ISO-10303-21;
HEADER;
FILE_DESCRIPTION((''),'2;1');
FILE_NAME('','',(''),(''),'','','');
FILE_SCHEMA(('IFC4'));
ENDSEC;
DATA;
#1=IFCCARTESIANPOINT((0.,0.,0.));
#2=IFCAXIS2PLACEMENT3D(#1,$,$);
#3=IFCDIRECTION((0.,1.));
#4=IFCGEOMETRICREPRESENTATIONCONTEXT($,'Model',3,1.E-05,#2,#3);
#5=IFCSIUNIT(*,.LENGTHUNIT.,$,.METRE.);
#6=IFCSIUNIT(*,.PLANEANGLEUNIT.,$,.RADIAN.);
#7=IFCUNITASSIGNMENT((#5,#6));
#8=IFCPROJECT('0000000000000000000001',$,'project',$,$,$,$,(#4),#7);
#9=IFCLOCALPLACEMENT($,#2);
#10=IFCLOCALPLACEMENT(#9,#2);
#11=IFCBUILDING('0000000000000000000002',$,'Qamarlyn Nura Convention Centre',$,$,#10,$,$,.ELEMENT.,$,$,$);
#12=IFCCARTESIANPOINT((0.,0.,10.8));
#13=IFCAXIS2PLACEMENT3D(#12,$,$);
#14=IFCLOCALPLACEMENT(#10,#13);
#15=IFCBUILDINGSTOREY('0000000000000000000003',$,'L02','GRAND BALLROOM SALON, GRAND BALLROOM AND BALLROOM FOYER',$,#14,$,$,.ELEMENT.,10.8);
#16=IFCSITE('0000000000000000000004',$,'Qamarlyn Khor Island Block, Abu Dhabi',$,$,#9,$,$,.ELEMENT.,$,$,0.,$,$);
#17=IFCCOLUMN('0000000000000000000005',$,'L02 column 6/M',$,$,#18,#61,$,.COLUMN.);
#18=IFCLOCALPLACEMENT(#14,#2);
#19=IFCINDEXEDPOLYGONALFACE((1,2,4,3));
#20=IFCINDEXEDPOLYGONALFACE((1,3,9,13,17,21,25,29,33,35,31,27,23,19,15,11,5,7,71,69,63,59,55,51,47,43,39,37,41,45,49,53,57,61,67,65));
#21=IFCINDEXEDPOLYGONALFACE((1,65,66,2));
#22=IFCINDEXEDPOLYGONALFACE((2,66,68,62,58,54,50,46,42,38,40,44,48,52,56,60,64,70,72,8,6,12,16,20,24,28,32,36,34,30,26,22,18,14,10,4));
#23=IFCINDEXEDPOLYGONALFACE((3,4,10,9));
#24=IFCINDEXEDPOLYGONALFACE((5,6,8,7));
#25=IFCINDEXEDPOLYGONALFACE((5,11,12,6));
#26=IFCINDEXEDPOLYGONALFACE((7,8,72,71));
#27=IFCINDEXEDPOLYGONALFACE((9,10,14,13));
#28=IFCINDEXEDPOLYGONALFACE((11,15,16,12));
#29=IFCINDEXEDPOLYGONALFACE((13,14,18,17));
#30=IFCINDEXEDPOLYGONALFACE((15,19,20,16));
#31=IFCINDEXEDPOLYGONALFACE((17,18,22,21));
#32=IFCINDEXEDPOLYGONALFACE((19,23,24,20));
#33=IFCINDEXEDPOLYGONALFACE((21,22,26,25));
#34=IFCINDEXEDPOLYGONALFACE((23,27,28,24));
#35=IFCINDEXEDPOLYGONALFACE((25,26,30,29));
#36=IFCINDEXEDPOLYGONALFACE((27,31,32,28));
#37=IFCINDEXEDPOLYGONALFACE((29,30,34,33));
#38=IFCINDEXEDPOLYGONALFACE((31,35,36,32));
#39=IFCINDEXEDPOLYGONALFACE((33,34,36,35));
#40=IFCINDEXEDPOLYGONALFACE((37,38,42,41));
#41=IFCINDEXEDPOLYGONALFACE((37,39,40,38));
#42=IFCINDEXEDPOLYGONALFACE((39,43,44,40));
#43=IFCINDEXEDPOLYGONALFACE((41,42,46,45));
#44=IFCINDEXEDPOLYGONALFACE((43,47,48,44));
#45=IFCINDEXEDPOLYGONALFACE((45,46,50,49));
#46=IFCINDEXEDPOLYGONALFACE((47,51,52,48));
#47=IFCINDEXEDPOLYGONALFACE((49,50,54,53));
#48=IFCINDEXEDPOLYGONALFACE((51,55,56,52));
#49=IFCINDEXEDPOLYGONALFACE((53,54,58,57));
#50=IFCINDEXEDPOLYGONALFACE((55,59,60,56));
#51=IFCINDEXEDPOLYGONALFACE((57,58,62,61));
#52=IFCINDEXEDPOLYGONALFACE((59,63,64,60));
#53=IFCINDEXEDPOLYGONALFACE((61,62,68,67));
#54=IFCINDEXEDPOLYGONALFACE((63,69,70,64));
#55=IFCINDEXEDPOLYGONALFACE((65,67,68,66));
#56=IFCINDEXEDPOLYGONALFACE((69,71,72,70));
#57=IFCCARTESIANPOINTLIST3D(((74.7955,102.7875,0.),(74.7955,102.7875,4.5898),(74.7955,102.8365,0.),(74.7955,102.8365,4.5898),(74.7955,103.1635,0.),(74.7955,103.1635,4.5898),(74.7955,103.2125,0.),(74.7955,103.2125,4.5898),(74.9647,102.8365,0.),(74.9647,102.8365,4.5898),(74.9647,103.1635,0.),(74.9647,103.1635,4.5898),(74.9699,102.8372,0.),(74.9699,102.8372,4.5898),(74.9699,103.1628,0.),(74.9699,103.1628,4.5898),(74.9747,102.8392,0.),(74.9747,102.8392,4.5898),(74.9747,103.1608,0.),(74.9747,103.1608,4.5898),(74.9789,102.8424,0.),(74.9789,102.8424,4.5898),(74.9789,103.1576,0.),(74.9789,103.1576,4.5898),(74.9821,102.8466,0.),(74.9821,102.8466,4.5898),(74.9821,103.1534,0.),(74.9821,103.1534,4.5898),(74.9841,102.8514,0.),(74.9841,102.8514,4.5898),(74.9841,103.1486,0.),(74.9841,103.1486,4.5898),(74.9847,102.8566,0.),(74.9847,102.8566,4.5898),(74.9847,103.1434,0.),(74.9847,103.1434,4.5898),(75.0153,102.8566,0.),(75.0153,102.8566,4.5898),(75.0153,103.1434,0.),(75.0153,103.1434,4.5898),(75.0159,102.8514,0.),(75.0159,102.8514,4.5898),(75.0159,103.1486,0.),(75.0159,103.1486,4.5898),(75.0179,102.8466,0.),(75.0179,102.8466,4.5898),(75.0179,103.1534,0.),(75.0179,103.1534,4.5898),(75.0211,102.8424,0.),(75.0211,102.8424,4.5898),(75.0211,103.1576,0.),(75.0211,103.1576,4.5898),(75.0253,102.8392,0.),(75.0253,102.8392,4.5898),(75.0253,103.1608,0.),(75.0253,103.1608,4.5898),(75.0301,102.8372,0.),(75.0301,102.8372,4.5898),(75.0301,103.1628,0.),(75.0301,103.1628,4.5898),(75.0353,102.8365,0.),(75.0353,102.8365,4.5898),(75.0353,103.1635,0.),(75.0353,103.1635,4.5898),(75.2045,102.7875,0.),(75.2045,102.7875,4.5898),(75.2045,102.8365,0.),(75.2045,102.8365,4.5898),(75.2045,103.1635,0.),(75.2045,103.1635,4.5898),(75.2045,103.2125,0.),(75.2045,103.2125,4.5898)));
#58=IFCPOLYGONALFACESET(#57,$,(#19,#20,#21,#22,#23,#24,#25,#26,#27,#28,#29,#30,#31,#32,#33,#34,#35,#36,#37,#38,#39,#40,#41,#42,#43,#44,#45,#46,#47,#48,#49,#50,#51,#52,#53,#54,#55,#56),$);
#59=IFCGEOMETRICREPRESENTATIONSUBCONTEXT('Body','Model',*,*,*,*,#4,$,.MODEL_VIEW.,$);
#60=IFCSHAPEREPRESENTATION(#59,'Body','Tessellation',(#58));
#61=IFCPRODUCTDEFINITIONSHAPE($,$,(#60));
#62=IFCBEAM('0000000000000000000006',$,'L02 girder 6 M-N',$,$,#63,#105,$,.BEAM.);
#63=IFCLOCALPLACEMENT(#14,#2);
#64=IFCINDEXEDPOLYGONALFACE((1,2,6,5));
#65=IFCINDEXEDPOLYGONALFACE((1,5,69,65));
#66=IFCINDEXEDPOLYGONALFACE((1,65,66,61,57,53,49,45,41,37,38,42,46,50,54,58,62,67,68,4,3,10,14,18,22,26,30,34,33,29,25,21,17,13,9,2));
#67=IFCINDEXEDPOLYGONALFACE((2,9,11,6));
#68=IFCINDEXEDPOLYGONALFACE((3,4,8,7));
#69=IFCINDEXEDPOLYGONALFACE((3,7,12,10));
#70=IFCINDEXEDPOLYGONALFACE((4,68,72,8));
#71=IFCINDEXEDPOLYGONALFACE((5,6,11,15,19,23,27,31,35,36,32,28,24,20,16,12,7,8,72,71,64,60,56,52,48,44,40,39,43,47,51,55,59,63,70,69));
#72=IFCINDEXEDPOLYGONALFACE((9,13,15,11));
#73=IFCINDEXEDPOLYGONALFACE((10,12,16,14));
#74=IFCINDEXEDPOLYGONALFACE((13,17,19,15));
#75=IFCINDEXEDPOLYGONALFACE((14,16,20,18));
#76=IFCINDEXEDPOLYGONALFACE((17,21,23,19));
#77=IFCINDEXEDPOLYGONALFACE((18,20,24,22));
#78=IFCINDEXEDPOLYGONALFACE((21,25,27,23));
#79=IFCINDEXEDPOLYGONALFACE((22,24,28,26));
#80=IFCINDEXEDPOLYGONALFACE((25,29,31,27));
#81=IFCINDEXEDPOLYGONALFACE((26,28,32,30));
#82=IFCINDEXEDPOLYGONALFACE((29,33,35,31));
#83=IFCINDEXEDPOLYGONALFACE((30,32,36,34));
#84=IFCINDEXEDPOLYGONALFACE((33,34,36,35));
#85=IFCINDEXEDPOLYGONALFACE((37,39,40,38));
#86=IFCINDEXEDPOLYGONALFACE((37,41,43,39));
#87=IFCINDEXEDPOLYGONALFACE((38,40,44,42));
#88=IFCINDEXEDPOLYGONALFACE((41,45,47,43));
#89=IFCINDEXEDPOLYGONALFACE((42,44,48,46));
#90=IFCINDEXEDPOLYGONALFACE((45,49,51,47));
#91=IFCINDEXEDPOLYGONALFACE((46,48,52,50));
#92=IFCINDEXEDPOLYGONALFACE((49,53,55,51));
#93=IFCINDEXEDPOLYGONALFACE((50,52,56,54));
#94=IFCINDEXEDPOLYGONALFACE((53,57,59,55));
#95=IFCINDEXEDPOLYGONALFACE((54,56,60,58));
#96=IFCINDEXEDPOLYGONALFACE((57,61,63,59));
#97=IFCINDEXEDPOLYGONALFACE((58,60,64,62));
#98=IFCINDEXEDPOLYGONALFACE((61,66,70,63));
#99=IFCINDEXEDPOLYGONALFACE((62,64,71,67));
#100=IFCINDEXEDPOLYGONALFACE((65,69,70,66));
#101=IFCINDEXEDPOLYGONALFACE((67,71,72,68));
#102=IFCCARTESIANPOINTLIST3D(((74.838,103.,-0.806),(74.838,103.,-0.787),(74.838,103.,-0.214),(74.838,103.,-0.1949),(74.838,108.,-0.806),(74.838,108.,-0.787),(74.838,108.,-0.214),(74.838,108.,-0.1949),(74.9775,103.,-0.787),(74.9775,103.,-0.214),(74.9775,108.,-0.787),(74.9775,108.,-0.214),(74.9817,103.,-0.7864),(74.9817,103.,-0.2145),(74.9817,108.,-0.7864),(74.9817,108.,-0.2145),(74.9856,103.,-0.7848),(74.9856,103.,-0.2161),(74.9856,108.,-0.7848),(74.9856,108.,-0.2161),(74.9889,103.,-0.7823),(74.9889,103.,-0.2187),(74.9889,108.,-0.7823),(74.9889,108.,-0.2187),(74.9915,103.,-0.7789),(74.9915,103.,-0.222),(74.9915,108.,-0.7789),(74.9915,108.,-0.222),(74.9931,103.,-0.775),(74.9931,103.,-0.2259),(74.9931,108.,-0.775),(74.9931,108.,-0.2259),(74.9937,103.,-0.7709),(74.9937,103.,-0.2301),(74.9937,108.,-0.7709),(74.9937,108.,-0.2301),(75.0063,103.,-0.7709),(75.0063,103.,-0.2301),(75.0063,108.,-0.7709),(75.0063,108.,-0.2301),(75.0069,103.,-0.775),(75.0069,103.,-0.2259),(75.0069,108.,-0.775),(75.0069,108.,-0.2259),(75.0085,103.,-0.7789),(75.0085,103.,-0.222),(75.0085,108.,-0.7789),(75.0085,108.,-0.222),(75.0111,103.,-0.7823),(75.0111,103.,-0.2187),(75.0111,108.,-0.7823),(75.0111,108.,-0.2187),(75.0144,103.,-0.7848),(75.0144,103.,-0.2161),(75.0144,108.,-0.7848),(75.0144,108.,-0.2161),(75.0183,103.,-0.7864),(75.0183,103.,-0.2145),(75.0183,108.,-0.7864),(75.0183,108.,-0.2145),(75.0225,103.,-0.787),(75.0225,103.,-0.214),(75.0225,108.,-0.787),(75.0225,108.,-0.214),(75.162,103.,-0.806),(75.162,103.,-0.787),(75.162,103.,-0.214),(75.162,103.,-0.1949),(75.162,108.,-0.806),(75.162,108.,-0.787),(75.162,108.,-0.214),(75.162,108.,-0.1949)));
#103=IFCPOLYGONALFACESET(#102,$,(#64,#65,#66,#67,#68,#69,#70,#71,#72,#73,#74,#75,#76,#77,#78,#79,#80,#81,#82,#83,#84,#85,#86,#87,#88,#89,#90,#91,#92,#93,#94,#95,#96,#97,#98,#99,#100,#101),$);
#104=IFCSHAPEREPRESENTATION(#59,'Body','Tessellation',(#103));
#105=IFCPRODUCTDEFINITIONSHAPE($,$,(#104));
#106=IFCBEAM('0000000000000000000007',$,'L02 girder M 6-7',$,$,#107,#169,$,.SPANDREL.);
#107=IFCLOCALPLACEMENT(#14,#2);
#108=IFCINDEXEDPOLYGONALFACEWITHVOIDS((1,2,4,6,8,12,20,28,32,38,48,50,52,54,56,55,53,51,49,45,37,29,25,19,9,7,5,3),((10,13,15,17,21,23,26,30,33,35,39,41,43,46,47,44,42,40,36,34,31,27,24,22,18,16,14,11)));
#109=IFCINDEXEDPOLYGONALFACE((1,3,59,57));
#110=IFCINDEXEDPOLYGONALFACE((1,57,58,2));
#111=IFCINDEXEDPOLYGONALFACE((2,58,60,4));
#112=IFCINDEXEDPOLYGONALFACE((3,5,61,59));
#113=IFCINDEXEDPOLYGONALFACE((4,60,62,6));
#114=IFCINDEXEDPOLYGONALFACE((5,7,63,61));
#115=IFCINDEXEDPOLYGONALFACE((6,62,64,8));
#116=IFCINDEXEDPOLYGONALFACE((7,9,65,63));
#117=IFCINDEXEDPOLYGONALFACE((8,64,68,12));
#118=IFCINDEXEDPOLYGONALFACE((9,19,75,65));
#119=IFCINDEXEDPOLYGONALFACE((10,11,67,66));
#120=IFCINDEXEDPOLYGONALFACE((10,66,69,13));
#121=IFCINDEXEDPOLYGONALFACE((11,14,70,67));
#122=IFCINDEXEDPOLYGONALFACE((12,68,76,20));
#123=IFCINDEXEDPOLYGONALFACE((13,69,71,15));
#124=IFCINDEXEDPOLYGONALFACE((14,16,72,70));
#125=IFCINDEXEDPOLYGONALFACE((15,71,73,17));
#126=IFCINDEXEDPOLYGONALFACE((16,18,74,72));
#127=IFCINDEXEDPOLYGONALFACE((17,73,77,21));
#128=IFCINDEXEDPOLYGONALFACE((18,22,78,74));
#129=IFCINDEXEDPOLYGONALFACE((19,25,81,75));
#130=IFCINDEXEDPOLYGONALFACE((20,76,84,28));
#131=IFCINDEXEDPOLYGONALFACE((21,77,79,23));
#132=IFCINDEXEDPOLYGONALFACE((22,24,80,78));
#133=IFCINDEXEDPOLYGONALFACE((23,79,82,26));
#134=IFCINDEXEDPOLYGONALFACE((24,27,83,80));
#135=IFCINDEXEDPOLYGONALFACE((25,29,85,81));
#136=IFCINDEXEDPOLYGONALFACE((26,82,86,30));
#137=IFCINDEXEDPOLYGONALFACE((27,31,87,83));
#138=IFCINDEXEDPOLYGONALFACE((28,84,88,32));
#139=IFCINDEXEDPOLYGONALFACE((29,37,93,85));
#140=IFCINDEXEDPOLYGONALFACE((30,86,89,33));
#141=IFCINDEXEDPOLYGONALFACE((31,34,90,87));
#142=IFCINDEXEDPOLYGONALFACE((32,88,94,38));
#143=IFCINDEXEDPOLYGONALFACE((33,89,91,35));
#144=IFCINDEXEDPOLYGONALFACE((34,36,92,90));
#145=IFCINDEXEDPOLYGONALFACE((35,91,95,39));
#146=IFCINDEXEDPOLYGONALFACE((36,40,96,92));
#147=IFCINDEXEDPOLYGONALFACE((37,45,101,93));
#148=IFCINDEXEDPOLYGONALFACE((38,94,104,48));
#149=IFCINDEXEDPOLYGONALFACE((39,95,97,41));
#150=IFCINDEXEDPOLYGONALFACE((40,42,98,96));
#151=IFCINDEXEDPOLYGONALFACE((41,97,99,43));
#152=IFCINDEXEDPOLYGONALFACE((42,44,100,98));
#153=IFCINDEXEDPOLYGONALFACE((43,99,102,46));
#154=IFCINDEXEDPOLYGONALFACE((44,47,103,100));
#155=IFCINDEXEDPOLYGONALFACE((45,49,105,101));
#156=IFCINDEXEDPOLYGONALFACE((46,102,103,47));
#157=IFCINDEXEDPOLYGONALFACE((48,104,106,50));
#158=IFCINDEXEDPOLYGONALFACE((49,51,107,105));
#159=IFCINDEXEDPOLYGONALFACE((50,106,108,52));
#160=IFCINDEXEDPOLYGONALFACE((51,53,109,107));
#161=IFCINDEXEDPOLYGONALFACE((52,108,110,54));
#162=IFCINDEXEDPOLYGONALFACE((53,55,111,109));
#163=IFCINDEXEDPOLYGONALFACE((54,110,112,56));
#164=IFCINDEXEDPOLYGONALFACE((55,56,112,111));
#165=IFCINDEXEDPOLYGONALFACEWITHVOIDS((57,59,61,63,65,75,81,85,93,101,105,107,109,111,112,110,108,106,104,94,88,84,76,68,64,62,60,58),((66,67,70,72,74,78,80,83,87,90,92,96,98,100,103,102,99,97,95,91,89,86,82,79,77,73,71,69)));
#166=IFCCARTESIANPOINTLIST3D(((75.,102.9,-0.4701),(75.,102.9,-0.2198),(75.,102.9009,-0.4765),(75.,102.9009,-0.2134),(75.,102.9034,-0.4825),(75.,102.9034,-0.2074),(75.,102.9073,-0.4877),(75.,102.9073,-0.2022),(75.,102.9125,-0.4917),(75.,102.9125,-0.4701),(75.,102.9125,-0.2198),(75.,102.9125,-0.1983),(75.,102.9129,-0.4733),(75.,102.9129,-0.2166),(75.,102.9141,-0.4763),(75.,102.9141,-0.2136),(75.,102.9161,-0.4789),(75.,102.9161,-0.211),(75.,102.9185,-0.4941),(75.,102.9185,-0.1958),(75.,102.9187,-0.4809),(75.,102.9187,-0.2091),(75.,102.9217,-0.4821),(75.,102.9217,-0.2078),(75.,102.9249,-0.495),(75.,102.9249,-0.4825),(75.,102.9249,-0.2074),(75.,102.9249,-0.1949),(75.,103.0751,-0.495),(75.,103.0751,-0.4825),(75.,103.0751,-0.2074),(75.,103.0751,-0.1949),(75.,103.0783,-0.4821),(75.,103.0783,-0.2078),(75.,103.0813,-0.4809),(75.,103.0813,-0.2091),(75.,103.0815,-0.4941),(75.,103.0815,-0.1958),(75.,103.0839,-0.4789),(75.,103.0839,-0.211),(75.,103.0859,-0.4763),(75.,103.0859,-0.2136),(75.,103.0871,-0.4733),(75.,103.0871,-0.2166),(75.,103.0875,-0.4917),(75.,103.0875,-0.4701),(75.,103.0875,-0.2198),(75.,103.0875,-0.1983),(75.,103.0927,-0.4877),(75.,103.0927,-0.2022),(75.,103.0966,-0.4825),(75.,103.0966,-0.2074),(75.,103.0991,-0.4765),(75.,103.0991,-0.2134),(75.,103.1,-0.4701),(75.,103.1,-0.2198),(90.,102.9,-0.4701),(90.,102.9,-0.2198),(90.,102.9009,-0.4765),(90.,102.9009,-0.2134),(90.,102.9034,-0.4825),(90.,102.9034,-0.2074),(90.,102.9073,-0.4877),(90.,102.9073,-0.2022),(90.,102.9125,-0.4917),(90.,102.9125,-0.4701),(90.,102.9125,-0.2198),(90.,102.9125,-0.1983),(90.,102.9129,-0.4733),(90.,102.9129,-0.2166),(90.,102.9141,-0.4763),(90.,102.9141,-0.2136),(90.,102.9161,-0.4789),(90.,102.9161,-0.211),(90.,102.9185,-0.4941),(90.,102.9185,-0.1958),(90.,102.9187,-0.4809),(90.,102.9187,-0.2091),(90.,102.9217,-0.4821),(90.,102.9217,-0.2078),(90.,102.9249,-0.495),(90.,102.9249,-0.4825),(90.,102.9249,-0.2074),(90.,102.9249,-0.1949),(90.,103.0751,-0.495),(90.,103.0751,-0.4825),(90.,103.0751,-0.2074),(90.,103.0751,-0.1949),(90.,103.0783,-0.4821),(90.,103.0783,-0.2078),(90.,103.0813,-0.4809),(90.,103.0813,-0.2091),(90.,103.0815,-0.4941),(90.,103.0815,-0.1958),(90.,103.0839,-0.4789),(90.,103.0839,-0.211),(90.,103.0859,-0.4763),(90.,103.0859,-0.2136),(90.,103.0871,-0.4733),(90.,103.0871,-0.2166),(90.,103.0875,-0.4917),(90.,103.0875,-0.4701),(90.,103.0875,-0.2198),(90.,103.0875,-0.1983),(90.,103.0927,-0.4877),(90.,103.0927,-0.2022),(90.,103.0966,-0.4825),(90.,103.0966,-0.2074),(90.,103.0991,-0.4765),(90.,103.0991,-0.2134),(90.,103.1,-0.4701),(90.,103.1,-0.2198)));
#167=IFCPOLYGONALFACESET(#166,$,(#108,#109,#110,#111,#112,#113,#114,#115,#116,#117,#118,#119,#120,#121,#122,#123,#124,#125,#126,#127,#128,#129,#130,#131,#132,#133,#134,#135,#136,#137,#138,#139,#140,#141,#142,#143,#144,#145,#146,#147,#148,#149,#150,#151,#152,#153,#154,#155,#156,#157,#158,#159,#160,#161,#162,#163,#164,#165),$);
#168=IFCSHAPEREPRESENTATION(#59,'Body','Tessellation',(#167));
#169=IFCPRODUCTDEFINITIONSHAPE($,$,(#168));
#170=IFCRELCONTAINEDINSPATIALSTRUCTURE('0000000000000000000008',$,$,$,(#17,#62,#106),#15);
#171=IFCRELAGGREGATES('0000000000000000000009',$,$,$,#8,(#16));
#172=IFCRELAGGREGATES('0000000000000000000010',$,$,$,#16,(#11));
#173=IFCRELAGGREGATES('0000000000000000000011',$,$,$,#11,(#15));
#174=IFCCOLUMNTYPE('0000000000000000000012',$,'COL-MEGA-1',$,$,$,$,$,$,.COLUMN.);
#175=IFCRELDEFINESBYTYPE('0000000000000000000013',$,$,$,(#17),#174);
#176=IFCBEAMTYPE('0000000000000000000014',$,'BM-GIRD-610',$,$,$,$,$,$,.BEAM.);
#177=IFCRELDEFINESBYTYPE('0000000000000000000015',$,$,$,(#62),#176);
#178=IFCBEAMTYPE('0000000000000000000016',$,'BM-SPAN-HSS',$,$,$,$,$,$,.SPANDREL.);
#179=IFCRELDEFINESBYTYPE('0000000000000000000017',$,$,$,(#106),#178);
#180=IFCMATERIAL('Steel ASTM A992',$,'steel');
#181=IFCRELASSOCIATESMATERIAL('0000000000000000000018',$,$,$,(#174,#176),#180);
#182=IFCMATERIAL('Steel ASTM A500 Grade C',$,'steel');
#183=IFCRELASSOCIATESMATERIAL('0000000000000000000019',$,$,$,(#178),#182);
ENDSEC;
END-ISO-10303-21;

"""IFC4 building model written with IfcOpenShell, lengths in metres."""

from ifc_helpers import new_model, si_unit, direction, frame, origin, origin_2d, place, context, subcontext, project, spatial, hollow_rectangle, i_section, extrude, material, material_profile, profile_set, type_object, element, save


model = new_model("IFC4")

# Units and contexts
model_context = context("Model", 3, precision=1e-05, world=origin(), true_north=direction((0.0, 1.0)))
body_context = subcontext(model_context, "Body", "Model", "MODEL_VIEW")
ifc_project = project(units=[si_unit("LENGTHUNIT", "METRE"), si_unit("PLANEANGLEUNIT", "RADIAN")], contexts=[model_context])

# Site, building, storey
site_placement = place(None, origin())
site = spatial("IfcSite", under=ifc_project, at=site_placement, Name="Qamarlyn Khor Island Block, Abu Dhabi", CompositionType="ELEMENT", RefElevation=0.0)
building_placement = place(site_placement, origin())
building = spatial("IfcBuilding", under=site, at=building_placement, Name="Qamarlyn Nura Convention Centre", CompositionType="ELEMENT")
storey_placement = place(building_placement, frame((0.0, 0.0, 10.8)))
storey = spatial("IfcBuildingStorey", under=building, at=storey_placement, Name="L02", Description="GRAND BALLROOM SALON, GRAND BALLROOM AND BALLROOM FOYER", CompositionType="ELEMENT", Elevation=10.8)

# Column
ifc_material_1 = material(Name="Steel ASTM A992", Category="steel")
ifc_material_profile_1 = material_profile(ifc_material_1, i_section(OverallWidth=0.4089, OverallDepth=0.425, WebThickness=0.0305, FlangeThickness=0.0491, FilletRadius=0.02, at=origin_2d()), Name="W360X421")
ifc_profile_set_1 = profile_set([ifc_material_profile_1], Name="Steel ASTM A992")
column_type = type_object("IfcColumnType", Name="COL-MEGA-1", PredefinedType="COLUMN", material=ifc_profile_set_1)
column_placement = place(storey_placement, frame((75.0, 103.0, 0.0), z_axis=(0.0, 0.0, 1.0), x_axis=(1.0, 0.0, 0.0)))
element("IfcColumn", 1, at=column_placement, inside=storey, type_object=column_type, Name="L02 column 6/M", PredefinedType="COLUMN", context=body_context, shape_type="SweptSolid", body=[
    extrude(i_section(OverallWidth=0.4089, OverallDepth=0.425, WebThickness=0.0305, FlangeThickness=0.0491, FilletRadius=0.02, at=origin_2d()), origin(), (0.0, 0.0, 1.0), 4.5898),
])

# Beams
ifc_material_profile_2 = material_profile(ifc_material_1, i_section(OverallWidth=0.324, OverallDepth=0.6111, WebThickness=0.0127, FlangeThickness=0.019, FilletRadius=0.0161, at=origin_2d()), Name="W610X155")
ifc_profile_set_2 = profile_set([ifc_material_profile_2], Name="Steel ASTM A992")
beam_type_1 = type_object("IfcBeamType", Name="BM-GIRD-610", PredefinedType="BEAM", material=ifc_profile_set_2)
beam_1_placement = place(storey_placement, frame((75.0, 103.0, -0.5005), z_axis=(0.0, 1.0, 0.0), x_axis=(-1.0, 0.0, 0.0)))
element("IfcBeam", 2, at=beam_1_placement, inside=storey, type_object=beam_type_1, Name="L02 girder 6 M-N", PredefinedType="BEAM", context=body_context, shape_type="SweptSolid", body=[
    extrude(i_section(OverallWidth=0.324, OverallDepth=0.6111, WebThickness=0.0127, FlangeThickness=0.019, FilletRadius=0.0161, at=origin_2d()), origin(), (0.0, 0.0, 1.0), 5.0),
])
ifc_material_2 = material(Name="Steel ASTM A500 Grade C", Category="steel")
ifc_material_profile_3 = material_profile(ifc_material_2, hollow_rectangle(XDim=0.2, YDim=0.3, WallThickness=0.0125, InnerFilletRadius=0.0125, OuterFilletRadius=0.0249, at=origin_2d()), Name="HSS300X200X12.5")
ifc_profile_set_3 = profile_set([ifc_material_profile_3], Name="Steel ASTM A500 Grade C")
beam_type_2 = type_object("IfcBeamType", Name="BM-SPAN-HSS", PredefinedType="SPANDREL", material=ifc_profile_set_3)
beam_2_placement = place(storey_placement, frame((75.0, 103.0, -0.345), z_axis=(1.0, 0.0, 0.0), x_axis=(0.0, 1.0, 0.0)))
element("IfcBeam", 3, at=beam_2_placement, inside=storey, type_object=beam_type_2, Name="L02 girder M 6-7", PredefinedType="SPANDREL", context=body_context, shape_type="SweptSolid", body=[
    extrude(hollow_rectangle(XDim=0.2, YDim=0.3, WallThickness=0.0125, InnerFilletRadius=0.0125, OuterFilletRadius=0.0249, at=origin_2d()), origin(), (0.0, 0.0, 1.0), 15.0),
])

save(model, "model.ifc")
